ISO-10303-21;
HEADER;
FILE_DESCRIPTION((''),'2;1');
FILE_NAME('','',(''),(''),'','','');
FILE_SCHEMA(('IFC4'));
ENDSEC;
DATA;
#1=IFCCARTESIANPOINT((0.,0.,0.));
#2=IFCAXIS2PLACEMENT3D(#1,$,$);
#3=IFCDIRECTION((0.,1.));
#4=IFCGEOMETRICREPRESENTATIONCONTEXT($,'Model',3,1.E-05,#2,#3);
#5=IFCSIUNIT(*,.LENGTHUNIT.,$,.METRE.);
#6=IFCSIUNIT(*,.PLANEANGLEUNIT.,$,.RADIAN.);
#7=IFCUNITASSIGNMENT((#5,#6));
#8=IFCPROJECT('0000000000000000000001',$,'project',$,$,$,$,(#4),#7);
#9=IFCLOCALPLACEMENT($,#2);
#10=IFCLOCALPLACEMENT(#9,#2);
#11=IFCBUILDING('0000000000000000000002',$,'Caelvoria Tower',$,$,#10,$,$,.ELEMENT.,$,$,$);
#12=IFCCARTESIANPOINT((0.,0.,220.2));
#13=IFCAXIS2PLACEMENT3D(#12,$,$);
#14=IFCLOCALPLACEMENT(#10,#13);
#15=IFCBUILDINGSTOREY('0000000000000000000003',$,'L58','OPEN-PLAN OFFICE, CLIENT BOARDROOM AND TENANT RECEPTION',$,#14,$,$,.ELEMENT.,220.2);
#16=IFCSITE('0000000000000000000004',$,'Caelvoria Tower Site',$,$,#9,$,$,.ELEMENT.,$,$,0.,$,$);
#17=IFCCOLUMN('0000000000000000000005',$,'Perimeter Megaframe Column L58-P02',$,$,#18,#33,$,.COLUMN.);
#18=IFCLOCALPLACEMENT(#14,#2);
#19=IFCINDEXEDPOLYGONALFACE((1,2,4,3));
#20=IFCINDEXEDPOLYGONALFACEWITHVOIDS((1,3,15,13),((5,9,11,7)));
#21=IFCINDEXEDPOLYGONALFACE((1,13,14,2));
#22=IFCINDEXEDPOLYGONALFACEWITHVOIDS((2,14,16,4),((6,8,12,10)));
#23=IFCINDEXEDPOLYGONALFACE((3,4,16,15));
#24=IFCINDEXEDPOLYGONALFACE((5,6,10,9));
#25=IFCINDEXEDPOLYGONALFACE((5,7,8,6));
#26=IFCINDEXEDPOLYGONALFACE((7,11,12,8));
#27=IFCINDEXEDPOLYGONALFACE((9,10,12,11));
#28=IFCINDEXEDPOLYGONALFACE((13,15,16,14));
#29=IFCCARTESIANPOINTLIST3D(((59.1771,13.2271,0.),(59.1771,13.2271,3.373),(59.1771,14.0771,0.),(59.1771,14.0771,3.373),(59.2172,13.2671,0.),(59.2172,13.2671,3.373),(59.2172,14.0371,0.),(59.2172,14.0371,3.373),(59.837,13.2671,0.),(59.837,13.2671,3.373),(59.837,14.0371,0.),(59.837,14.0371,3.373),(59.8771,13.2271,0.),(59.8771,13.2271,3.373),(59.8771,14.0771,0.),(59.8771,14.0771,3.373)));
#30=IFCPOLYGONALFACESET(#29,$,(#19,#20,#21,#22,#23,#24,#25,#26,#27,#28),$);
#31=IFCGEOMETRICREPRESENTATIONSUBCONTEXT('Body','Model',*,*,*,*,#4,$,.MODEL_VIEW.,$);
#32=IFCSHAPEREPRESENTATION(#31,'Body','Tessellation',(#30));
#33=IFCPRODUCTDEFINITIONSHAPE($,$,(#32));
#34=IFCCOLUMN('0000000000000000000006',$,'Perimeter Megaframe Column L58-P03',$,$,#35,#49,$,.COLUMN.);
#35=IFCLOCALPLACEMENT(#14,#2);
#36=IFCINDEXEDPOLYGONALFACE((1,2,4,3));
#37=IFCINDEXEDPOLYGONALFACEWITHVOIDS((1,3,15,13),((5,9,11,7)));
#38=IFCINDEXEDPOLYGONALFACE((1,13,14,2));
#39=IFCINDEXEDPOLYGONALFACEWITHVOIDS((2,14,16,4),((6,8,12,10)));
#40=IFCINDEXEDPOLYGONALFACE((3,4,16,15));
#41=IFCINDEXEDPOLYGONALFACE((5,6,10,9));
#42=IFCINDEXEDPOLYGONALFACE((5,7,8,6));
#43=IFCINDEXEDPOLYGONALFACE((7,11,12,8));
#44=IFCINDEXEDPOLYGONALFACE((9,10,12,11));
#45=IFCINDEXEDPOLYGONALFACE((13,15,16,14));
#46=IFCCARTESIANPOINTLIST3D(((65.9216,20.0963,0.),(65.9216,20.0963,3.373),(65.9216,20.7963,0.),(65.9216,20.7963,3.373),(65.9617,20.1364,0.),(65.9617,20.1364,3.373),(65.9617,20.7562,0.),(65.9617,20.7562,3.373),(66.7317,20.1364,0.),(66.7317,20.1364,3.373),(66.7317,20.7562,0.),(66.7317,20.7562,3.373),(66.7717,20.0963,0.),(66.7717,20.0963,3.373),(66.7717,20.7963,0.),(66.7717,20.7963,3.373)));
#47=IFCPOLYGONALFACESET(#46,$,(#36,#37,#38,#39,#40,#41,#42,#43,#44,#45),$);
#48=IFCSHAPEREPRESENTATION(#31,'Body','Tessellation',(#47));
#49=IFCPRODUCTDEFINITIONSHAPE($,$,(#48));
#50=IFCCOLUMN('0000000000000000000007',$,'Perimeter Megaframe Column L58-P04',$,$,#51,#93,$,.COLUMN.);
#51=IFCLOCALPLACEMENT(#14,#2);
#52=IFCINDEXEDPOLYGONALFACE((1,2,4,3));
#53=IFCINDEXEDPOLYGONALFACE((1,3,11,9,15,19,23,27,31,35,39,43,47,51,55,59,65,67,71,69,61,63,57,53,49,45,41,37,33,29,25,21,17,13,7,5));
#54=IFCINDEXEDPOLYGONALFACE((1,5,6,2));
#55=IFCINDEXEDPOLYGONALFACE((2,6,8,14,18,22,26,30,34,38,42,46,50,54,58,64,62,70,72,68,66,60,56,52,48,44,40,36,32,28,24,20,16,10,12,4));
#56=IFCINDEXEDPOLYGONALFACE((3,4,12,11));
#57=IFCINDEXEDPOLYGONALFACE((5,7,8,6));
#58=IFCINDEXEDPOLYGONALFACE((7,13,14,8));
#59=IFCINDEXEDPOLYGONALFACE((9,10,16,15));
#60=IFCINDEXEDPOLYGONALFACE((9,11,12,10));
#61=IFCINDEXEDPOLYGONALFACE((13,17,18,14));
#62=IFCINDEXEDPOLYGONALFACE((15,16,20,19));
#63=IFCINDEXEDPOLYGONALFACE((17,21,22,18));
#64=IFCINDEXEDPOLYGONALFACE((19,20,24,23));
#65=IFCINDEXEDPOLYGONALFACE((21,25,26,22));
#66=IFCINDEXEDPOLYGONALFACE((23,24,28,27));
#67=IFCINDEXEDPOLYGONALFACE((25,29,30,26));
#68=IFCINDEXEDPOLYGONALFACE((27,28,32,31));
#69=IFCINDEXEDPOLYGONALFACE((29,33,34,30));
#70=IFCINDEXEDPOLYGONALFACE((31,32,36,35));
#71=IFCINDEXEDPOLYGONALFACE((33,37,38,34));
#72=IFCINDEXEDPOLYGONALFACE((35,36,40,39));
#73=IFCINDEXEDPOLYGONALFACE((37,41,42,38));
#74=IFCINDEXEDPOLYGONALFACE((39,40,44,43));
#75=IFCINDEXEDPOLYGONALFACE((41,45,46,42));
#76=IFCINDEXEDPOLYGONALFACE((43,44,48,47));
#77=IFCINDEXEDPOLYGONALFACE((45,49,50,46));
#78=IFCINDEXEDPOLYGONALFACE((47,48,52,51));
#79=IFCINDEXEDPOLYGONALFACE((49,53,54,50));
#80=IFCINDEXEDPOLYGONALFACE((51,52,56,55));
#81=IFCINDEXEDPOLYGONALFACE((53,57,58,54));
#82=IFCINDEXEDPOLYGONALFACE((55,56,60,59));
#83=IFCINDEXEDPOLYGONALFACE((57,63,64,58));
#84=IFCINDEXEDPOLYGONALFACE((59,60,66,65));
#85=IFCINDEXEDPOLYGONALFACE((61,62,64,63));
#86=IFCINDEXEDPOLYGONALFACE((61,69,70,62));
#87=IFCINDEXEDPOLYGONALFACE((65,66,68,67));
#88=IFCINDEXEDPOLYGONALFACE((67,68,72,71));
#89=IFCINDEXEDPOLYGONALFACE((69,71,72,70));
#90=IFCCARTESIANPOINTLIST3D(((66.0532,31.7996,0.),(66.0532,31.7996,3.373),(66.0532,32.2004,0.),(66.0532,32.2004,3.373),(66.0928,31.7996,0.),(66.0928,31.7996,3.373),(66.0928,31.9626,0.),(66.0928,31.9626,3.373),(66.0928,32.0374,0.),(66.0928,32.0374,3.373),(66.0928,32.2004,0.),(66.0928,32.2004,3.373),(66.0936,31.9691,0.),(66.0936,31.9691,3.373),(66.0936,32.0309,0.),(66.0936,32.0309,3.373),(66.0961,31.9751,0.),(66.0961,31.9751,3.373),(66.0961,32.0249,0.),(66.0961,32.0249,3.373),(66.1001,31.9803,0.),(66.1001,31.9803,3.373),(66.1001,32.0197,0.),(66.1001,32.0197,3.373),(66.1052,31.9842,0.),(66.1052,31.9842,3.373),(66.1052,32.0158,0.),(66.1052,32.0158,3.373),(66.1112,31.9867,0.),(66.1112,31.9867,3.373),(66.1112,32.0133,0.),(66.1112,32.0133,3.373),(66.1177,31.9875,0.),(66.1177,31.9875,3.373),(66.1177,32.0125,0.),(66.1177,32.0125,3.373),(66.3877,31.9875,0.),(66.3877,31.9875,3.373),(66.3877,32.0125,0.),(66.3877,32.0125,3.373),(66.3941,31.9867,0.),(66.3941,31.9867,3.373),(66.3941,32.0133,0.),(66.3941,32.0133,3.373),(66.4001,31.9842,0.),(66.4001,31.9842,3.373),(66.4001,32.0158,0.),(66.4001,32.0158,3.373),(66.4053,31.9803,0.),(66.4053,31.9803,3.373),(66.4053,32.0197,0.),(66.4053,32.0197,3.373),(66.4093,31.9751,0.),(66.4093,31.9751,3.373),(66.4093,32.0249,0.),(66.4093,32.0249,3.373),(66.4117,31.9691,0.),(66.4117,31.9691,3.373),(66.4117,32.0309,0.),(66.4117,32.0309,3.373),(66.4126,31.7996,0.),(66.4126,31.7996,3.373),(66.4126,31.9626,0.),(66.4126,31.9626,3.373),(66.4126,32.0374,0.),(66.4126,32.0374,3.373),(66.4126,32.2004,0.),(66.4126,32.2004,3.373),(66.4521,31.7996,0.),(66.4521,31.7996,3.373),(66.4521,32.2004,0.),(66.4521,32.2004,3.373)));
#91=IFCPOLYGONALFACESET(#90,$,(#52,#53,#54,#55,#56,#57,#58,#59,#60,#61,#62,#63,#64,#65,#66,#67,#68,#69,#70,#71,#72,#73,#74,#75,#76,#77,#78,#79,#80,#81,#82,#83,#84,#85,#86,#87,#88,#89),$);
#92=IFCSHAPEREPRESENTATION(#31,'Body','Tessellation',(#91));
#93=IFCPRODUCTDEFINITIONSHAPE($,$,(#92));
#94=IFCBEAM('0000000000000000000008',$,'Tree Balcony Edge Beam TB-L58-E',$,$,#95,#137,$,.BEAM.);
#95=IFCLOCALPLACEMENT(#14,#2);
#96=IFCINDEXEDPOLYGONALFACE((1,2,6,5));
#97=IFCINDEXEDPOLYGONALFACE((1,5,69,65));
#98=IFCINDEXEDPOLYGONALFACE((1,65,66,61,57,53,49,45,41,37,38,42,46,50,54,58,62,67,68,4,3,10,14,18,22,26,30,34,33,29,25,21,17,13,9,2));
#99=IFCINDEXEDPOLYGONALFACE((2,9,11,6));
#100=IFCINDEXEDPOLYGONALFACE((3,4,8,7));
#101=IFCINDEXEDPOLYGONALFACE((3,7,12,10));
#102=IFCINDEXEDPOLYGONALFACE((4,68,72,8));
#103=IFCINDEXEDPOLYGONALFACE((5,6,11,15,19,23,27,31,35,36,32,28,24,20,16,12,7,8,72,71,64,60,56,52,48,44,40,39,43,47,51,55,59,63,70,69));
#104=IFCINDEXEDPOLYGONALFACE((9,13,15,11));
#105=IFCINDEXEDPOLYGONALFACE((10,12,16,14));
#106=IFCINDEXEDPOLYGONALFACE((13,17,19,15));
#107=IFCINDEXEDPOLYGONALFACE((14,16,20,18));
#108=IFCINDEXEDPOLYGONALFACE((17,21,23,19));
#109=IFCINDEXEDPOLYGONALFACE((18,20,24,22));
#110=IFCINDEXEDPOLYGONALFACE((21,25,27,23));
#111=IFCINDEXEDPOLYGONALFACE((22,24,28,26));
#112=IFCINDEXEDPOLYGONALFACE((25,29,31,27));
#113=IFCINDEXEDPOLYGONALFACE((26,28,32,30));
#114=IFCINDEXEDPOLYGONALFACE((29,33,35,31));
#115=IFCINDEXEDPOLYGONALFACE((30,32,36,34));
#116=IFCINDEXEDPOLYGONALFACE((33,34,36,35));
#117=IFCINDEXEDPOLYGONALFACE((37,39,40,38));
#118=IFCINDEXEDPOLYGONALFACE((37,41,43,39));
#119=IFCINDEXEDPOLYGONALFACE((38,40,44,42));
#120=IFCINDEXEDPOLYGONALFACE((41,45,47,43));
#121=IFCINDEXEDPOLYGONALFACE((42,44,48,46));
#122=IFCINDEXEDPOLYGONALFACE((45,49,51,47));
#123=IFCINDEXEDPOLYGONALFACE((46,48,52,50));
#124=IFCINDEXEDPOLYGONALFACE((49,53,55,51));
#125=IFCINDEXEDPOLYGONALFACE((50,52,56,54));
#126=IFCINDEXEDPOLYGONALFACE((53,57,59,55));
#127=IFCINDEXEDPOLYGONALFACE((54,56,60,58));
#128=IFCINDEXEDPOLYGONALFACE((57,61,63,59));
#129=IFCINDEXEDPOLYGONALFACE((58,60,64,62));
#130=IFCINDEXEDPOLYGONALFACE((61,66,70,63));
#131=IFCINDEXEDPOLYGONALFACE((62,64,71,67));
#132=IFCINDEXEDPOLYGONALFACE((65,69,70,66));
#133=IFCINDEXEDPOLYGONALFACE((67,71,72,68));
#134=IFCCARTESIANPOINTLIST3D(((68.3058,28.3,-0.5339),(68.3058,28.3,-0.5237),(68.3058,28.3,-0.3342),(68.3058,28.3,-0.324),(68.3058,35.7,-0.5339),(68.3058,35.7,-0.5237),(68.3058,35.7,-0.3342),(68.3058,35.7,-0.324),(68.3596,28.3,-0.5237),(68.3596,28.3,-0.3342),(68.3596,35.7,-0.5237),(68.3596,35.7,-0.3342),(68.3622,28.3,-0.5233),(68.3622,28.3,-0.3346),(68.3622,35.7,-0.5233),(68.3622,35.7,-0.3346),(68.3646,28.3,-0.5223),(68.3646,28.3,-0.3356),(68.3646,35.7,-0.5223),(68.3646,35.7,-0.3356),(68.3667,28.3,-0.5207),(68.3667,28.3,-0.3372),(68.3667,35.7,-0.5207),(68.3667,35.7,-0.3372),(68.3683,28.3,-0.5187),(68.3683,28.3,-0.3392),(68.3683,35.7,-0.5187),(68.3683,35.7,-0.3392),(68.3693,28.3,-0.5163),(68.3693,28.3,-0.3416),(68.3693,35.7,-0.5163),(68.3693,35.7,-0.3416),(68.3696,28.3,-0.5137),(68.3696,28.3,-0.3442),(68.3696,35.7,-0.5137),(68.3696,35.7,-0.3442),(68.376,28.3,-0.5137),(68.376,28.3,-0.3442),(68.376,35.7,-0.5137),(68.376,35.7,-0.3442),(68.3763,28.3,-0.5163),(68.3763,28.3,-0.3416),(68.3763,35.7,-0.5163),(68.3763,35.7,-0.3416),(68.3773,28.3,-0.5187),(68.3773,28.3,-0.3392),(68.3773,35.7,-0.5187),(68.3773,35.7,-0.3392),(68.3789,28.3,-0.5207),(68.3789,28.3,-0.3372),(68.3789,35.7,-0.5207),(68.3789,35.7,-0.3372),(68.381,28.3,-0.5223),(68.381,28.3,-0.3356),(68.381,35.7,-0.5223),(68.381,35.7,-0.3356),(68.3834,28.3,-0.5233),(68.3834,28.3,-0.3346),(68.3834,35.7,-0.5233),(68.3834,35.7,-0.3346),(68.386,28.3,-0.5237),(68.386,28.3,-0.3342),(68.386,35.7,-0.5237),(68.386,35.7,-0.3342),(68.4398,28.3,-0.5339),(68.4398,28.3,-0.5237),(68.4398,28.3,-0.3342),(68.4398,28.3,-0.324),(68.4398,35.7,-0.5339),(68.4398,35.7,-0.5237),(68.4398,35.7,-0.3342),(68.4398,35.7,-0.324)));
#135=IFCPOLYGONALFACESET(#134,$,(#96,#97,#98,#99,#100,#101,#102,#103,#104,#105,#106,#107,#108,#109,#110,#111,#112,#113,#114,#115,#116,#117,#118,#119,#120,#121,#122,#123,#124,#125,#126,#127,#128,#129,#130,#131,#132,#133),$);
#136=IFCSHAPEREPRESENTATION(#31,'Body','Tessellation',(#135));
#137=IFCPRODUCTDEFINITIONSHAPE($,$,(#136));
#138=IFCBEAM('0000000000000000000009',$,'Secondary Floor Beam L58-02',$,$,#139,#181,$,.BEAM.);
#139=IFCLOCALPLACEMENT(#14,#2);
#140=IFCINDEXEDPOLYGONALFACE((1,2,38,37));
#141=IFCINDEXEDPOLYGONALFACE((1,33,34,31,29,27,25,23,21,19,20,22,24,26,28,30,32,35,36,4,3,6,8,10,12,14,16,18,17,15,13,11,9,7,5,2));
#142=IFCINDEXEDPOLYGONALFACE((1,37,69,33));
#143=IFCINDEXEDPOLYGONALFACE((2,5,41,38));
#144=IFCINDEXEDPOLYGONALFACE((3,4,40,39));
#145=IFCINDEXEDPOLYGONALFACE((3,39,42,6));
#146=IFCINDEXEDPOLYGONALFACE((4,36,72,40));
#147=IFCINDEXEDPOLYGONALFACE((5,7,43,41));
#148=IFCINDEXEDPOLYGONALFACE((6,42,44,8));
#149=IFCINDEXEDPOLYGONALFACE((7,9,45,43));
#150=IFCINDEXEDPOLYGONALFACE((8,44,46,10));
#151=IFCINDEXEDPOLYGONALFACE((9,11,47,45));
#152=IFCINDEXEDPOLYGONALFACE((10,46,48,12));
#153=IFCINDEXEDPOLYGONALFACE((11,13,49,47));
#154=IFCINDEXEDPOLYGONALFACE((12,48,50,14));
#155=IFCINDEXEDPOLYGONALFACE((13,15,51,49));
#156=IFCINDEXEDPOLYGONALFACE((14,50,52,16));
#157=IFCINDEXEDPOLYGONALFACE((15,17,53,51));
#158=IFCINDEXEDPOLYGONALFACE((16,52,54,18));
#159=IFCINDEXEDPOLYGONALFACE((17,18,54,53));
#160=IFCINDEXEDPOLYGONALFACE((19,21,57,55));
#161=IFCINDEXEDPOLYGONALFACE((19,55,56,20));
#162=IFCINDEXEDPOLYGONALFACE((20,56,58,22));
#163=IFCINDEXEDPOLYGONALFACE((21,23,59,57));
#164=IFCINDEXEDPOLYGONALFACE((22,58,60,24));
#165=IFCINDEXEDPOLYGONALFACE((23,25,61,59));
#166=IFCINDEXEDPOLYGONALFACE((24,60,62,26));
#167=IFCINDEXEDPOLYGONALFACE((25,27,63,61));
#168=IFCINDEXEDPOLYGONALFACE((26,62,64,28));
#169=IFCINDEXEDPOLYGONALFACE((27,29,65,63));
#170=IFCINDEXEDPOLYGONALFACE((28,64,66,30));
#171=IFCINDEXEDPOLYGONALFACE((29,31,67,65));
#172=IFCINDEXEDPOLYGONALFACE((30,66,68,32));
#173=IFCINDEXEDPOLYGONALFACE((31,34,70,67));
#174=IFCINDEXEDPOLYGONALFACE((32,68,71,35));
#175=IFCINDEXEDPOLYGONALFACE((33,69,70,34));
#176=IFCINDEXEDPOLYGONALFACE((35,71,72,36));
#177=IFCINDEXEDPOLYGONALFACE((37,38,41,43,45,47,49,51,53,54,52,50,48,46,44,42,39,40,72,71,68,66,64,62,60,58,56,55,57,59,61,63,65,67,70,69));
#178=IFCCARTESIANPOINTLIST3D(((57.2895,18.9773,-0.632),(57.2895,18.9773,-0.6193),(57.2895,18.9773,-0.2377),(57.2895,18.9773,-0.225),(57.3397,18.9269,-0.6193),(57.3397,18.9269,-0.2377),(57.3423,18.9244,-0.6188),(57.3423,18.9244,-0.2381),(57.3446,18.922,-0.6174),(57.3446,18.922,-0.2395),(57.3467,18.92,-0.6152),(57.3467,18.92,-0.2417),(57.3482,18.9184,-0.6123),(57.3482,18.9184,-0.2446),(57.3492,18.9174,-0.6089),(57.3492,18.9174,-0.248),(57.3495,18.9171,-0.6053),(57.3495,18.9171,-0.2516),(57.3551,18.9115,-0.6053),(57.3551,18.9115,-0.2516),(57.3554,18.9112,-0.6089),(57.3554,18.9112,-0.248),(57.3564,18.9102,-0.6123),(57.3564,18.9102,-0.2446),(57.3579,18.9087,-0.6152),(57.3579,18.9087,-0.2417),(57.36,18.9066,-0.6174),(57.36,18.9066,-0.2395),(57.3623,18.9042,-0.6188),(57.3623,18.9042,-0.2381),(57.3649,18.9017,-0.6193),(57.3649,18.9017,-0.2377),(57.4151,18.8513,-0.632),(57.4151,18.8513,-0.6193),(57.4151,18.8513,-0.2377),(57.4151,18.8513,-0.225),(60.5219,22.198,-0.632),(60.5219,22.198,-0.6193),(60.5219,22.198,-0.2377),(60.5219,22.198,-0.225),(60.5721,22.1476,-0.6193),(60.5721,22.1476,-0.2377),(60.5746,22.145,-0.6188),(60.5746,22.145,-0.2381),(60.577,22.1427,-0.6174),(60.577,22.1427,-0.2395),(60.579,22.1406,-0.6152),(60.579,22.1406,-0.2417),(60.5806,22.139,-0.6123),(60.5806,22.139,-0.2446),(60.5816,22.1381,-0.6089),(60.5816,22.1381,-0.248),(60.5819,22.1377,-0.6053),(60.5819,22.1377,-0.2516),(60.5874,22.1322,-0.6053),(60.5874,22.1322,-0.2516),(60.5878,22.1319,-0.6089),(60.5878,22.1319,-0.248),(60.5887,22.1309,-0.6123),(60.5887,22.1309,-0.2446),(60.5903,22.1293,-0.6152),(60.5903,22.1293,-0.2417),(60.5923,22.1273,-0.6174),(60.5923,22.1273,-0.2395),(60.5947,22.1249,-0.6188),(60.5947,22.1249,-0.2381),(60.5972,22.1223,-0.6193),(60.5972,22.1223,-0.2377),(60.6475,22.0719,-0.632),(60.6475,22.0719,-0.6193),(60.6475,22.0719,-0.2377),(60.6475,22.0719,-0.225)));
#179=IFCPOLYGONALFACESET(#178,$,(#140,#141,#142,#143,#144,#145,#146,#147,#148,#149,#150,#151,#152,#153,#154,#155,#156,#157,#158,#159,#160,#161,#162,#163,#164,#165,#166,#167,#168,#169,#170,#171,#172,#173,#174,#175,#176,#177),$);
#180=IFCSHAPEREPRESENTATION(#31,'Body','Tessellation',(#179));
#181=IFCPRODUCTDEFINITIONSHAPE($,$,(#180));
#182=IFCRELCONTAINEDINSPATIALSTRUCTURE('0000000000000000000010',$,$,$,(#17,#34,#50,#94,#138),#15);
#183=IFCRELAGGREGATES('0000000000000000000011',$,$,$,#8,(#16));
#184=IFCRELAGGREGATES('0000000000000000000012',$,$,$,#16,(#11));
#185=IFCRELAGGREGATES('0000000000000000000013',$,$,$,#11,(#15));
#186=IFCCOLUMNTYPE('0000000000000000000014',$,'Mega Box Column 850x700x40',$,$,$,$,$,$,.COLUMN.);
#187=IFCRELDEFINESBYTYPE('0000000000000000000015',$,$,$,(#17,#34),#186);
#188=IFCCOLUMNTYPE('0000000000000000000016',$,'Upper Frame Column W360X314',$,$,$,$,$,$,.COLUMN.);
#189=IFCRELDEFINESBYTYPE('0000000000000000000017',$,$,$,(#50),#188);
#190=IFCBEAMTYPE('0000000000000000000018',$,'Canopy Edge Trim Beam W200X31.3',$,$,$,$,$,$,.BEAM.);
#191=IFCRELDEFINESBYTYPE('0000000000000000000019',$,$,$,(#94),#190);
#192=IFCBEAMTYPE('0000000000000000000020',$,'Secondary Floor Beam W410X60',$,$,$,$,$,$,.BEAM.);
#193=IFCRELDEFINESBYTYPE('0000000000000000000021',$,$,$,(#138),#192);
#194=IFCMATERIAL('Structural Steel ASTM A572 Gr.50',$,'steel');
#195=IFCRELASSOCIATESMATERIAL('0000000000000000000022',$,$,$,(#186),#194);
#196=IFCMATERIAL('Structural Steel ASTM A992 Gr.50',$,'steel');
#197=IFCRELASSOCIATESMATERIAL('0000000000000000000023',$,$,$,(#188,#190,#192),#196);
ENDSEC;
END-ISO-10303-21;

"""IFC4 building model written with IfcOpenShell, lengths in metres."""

from ifc_helpers import new_model, si_unit, direction, frame, origin, origin_2d, place, context, subcontext, project, spatial, hollow_rectangle, i_section, extrude, material, material_profile, profile_set, type_object, element, save


model = new_model("IFC4")

# Units and contexts
model_context = context("Model", 3, precision=1e-05, world=origin(), true_north=direction((0.0, 1.0)))
body_context = subcontext(model_context, "Body", "Model", "MODEL_VIEW")
ifc_project = project(units=[si_unit("LENGTHUNIT", "METRE"), si_unit("PLANEANGLEUNIT", "RADIAN")], contexts=[model_context])

# Site, building, storey
site_placement = place(None, origin())
site = spatial("IfcSite", under=ifc_project, at=site_placement, Name="Caelvoria Tower Site", CompositionType="ELEMENT", RefElevation=0.0)
building_placement = place(site_placement, origin())
building = spatial("IfcBuilding", under=site, at=building_placement, Name="Caelvoria Tower", CompositionType="ELEMENT")
storey_placement = place(building_placement, frame((0.0, 0.0, 220.2)))
storey = spatial("IfcBuildingStorey", under=building, at=storey_placement, Name="L58", Description="OPEN-PLAN OFFICE, CLIENT BOARDROOM AND TENANT RECEPTION", CompositionType="ELEMENT", Elevation=220.2)

# Columns
ifc_material_1 = material(Name="Structural Steel ASTM A572 Gr.50", Category="steel")
ifc_material_profile_1 = material_profile(ifc_material_1, hollow_rectangle(XDim=0.7, YDim=0.8501, WallThickness=0.04, at=origin_2d()), Name="Structural Steel ASTM A572 Gr.50")
ifc_profile_set_1 = profile_set([ifc_material_profile_1], Name="BOX850X700X40 - Structural Steel ASTM A572 Gr.50")
column_type_1 = type_object("IfcColumnType", Name="Mega Box Column 850x700x40", PredefinedType="COLUMN", material=ifc_profile_set_1)
for number, where, z_axis, x_axis, name in (
    (1, (59.5271, 13.6521, 0.0), (0.0, 0.0, 1.0), (1.0, 0.0, 0.0), "Perimeter Megaframe Column L58-P02"),
    (2, (66.3467, 20.4463, 0.0), (0.0, 0.0, 1.0), (0.0, 1.0, 0.0), "Perimeter Megaframe Column L58-P03"),
):
    element("IfcColumn", number, at=place(storey_placement, frame(where, z_axis=z_axis, x_axis=x_axis)), inside=storey, type_object=column_type_1, Name=name, PredefinedType="COLUMN", context=body_context, shape_type="SweptSolid", body=[
        extrude(hollow_rectangle(XDim=0.7, YDim=0.8501, WallThickness=0.04, at=origin_2d()), origin(), (0.0, 0.0, 1.0), 3.373),
    ])
ifc_material_2 = material(Name="Structural Steel ASTM A992 Gr.50", Category="steel")
ifc_material_profile_2 = material_profile(ifc_material_2, i_section(OverallWidth=0.4009, OverallDepth=0.3989, WebThickness=0.0249, FlangeThickness=0.0396, FilletRadius=0.0249, at=origin_2d()), Name="Structural Steel ASTM A992 Gr.50")
ifc_profile_set_2 = profile_set([ifc_material_profile_2], Name="W360X314 - Structural Steel ASTM A992 Gr.50")
column_type_2 = type_object("IfcColumnType", Name="Upper Frame Column W360X314", PredefinedType="COLUMN", material=ifc_profile_set_2)
column_placement = place(storey_placement, frame((66.2527, 32.0, 0.0), z_axis=(0.0, 0.0, 1.0), x_axis=(0.0, 1.0, 0.0)))
element("IfcColumn", 3, at=column_placement, inside=storey, type_object=column_type_2, Name="Perimeter Megaframe Column L58-P04", PredefinedType="COLUMN", context=body_context, shape_type="SweptSolid", body=[
    extrude(i_section(OverallWidth=0.4009, OverallDepth=0.3989, WebThickness=0.0249, FlangeThickness=0.0396, FilletRadius=0.0249, at=origin_2d()), origin(), (0.0, 0.0, 1.0), 3.373),
])

# Beams
ifc_material_profile_3 = material_profile(ifc_material_2, i_section(OverallWidth=0.134, OverallDepth=0.21, WebThickness=0.0063, FlangeThickness=0.0103, FilletRadius=0.01, at=origin_2d()), Name="Structural Steel ASTM A992 Gr.50")
ifc_profile_set_3 = profile_set([ifc_material_profile_3], Name="W200X31.3 - Structural Steel ASTM A992 Gr.50")
beam_type_1 = type_object("IfcBeamType", Name="Canopy Edge Trim Beam W200X31.3", PredefinedType="BEAM", material=ifc_profile_set_3)
beam_1_placement = place(storey_placement, frame((68.3728, 28.3, -0.429), z_axis=(0.0, 1.0, 0.0), x_axis=(-1.0, 0.0, 0.0)))
element("IfcBeam", 4, at=beam_1_placement, inside=storey, type_object=beam_type_1, Name="Tree Balcony Edge Beam TB-L58-E", PredefinedType="BEAM", context=body_context, shape_type="SweptSolid", body=[
    extrude(i_section(OverallWidth=0.134, OverallDepth=0.21, WebThickness=0.0063, FlangeThickness=0.0103, FilletRadius=0.01, at=origin_2d()), origin(), (0.0, 0.0, 1.0), 7.3999),
])
ifc_material_profile_4 = material_profile(ifc_material_2, i_section(OverallWidth=0.178, OverallDepth=0.407, WebThickness=0.0078, FlangeThickness=0.0127, FilletRadius=0.0139, at=origin_2d()), Name="Structural Steel ASTM A992 Gr.50")
ifc_profile_set_4 = profile_set([ifc_material_profile_4], Name="W410X60 - Structural Steel ASTM A992 Gr.50")
beam_type_2 = type_object("IfcBeamType", Name="Secondary Floor Beam W410X60", PredefinedType="BEAM", material=ifc_profile_set_4)
beam_2_placement = place(storey_placement, frame((57.3523, 18.9143, -0.4285), z_axis=(0.70839, 0.705822, 0.0), x_axis=(-0.705822, 0.70839, 0.0)))
element("IfcBeam", 5, at=beam_2_placement, inside=storey, type_object=beam_type_2, Name="Secondary Floor Beam L58-02", PredefinedType="BEAM", context=body_context, shape_type="SweptSolid", body=[
    extrude(i_section(OverallWidth=0.178, OverallDepth=0.407, WebThickness=0.0078, FlangeThickness=0.0127, FilletRadius=0.0139, at=origin_2d()), origin(), (0.0, 0.0, 1.0), 4.563),
])

save(model, "model.ifc")
